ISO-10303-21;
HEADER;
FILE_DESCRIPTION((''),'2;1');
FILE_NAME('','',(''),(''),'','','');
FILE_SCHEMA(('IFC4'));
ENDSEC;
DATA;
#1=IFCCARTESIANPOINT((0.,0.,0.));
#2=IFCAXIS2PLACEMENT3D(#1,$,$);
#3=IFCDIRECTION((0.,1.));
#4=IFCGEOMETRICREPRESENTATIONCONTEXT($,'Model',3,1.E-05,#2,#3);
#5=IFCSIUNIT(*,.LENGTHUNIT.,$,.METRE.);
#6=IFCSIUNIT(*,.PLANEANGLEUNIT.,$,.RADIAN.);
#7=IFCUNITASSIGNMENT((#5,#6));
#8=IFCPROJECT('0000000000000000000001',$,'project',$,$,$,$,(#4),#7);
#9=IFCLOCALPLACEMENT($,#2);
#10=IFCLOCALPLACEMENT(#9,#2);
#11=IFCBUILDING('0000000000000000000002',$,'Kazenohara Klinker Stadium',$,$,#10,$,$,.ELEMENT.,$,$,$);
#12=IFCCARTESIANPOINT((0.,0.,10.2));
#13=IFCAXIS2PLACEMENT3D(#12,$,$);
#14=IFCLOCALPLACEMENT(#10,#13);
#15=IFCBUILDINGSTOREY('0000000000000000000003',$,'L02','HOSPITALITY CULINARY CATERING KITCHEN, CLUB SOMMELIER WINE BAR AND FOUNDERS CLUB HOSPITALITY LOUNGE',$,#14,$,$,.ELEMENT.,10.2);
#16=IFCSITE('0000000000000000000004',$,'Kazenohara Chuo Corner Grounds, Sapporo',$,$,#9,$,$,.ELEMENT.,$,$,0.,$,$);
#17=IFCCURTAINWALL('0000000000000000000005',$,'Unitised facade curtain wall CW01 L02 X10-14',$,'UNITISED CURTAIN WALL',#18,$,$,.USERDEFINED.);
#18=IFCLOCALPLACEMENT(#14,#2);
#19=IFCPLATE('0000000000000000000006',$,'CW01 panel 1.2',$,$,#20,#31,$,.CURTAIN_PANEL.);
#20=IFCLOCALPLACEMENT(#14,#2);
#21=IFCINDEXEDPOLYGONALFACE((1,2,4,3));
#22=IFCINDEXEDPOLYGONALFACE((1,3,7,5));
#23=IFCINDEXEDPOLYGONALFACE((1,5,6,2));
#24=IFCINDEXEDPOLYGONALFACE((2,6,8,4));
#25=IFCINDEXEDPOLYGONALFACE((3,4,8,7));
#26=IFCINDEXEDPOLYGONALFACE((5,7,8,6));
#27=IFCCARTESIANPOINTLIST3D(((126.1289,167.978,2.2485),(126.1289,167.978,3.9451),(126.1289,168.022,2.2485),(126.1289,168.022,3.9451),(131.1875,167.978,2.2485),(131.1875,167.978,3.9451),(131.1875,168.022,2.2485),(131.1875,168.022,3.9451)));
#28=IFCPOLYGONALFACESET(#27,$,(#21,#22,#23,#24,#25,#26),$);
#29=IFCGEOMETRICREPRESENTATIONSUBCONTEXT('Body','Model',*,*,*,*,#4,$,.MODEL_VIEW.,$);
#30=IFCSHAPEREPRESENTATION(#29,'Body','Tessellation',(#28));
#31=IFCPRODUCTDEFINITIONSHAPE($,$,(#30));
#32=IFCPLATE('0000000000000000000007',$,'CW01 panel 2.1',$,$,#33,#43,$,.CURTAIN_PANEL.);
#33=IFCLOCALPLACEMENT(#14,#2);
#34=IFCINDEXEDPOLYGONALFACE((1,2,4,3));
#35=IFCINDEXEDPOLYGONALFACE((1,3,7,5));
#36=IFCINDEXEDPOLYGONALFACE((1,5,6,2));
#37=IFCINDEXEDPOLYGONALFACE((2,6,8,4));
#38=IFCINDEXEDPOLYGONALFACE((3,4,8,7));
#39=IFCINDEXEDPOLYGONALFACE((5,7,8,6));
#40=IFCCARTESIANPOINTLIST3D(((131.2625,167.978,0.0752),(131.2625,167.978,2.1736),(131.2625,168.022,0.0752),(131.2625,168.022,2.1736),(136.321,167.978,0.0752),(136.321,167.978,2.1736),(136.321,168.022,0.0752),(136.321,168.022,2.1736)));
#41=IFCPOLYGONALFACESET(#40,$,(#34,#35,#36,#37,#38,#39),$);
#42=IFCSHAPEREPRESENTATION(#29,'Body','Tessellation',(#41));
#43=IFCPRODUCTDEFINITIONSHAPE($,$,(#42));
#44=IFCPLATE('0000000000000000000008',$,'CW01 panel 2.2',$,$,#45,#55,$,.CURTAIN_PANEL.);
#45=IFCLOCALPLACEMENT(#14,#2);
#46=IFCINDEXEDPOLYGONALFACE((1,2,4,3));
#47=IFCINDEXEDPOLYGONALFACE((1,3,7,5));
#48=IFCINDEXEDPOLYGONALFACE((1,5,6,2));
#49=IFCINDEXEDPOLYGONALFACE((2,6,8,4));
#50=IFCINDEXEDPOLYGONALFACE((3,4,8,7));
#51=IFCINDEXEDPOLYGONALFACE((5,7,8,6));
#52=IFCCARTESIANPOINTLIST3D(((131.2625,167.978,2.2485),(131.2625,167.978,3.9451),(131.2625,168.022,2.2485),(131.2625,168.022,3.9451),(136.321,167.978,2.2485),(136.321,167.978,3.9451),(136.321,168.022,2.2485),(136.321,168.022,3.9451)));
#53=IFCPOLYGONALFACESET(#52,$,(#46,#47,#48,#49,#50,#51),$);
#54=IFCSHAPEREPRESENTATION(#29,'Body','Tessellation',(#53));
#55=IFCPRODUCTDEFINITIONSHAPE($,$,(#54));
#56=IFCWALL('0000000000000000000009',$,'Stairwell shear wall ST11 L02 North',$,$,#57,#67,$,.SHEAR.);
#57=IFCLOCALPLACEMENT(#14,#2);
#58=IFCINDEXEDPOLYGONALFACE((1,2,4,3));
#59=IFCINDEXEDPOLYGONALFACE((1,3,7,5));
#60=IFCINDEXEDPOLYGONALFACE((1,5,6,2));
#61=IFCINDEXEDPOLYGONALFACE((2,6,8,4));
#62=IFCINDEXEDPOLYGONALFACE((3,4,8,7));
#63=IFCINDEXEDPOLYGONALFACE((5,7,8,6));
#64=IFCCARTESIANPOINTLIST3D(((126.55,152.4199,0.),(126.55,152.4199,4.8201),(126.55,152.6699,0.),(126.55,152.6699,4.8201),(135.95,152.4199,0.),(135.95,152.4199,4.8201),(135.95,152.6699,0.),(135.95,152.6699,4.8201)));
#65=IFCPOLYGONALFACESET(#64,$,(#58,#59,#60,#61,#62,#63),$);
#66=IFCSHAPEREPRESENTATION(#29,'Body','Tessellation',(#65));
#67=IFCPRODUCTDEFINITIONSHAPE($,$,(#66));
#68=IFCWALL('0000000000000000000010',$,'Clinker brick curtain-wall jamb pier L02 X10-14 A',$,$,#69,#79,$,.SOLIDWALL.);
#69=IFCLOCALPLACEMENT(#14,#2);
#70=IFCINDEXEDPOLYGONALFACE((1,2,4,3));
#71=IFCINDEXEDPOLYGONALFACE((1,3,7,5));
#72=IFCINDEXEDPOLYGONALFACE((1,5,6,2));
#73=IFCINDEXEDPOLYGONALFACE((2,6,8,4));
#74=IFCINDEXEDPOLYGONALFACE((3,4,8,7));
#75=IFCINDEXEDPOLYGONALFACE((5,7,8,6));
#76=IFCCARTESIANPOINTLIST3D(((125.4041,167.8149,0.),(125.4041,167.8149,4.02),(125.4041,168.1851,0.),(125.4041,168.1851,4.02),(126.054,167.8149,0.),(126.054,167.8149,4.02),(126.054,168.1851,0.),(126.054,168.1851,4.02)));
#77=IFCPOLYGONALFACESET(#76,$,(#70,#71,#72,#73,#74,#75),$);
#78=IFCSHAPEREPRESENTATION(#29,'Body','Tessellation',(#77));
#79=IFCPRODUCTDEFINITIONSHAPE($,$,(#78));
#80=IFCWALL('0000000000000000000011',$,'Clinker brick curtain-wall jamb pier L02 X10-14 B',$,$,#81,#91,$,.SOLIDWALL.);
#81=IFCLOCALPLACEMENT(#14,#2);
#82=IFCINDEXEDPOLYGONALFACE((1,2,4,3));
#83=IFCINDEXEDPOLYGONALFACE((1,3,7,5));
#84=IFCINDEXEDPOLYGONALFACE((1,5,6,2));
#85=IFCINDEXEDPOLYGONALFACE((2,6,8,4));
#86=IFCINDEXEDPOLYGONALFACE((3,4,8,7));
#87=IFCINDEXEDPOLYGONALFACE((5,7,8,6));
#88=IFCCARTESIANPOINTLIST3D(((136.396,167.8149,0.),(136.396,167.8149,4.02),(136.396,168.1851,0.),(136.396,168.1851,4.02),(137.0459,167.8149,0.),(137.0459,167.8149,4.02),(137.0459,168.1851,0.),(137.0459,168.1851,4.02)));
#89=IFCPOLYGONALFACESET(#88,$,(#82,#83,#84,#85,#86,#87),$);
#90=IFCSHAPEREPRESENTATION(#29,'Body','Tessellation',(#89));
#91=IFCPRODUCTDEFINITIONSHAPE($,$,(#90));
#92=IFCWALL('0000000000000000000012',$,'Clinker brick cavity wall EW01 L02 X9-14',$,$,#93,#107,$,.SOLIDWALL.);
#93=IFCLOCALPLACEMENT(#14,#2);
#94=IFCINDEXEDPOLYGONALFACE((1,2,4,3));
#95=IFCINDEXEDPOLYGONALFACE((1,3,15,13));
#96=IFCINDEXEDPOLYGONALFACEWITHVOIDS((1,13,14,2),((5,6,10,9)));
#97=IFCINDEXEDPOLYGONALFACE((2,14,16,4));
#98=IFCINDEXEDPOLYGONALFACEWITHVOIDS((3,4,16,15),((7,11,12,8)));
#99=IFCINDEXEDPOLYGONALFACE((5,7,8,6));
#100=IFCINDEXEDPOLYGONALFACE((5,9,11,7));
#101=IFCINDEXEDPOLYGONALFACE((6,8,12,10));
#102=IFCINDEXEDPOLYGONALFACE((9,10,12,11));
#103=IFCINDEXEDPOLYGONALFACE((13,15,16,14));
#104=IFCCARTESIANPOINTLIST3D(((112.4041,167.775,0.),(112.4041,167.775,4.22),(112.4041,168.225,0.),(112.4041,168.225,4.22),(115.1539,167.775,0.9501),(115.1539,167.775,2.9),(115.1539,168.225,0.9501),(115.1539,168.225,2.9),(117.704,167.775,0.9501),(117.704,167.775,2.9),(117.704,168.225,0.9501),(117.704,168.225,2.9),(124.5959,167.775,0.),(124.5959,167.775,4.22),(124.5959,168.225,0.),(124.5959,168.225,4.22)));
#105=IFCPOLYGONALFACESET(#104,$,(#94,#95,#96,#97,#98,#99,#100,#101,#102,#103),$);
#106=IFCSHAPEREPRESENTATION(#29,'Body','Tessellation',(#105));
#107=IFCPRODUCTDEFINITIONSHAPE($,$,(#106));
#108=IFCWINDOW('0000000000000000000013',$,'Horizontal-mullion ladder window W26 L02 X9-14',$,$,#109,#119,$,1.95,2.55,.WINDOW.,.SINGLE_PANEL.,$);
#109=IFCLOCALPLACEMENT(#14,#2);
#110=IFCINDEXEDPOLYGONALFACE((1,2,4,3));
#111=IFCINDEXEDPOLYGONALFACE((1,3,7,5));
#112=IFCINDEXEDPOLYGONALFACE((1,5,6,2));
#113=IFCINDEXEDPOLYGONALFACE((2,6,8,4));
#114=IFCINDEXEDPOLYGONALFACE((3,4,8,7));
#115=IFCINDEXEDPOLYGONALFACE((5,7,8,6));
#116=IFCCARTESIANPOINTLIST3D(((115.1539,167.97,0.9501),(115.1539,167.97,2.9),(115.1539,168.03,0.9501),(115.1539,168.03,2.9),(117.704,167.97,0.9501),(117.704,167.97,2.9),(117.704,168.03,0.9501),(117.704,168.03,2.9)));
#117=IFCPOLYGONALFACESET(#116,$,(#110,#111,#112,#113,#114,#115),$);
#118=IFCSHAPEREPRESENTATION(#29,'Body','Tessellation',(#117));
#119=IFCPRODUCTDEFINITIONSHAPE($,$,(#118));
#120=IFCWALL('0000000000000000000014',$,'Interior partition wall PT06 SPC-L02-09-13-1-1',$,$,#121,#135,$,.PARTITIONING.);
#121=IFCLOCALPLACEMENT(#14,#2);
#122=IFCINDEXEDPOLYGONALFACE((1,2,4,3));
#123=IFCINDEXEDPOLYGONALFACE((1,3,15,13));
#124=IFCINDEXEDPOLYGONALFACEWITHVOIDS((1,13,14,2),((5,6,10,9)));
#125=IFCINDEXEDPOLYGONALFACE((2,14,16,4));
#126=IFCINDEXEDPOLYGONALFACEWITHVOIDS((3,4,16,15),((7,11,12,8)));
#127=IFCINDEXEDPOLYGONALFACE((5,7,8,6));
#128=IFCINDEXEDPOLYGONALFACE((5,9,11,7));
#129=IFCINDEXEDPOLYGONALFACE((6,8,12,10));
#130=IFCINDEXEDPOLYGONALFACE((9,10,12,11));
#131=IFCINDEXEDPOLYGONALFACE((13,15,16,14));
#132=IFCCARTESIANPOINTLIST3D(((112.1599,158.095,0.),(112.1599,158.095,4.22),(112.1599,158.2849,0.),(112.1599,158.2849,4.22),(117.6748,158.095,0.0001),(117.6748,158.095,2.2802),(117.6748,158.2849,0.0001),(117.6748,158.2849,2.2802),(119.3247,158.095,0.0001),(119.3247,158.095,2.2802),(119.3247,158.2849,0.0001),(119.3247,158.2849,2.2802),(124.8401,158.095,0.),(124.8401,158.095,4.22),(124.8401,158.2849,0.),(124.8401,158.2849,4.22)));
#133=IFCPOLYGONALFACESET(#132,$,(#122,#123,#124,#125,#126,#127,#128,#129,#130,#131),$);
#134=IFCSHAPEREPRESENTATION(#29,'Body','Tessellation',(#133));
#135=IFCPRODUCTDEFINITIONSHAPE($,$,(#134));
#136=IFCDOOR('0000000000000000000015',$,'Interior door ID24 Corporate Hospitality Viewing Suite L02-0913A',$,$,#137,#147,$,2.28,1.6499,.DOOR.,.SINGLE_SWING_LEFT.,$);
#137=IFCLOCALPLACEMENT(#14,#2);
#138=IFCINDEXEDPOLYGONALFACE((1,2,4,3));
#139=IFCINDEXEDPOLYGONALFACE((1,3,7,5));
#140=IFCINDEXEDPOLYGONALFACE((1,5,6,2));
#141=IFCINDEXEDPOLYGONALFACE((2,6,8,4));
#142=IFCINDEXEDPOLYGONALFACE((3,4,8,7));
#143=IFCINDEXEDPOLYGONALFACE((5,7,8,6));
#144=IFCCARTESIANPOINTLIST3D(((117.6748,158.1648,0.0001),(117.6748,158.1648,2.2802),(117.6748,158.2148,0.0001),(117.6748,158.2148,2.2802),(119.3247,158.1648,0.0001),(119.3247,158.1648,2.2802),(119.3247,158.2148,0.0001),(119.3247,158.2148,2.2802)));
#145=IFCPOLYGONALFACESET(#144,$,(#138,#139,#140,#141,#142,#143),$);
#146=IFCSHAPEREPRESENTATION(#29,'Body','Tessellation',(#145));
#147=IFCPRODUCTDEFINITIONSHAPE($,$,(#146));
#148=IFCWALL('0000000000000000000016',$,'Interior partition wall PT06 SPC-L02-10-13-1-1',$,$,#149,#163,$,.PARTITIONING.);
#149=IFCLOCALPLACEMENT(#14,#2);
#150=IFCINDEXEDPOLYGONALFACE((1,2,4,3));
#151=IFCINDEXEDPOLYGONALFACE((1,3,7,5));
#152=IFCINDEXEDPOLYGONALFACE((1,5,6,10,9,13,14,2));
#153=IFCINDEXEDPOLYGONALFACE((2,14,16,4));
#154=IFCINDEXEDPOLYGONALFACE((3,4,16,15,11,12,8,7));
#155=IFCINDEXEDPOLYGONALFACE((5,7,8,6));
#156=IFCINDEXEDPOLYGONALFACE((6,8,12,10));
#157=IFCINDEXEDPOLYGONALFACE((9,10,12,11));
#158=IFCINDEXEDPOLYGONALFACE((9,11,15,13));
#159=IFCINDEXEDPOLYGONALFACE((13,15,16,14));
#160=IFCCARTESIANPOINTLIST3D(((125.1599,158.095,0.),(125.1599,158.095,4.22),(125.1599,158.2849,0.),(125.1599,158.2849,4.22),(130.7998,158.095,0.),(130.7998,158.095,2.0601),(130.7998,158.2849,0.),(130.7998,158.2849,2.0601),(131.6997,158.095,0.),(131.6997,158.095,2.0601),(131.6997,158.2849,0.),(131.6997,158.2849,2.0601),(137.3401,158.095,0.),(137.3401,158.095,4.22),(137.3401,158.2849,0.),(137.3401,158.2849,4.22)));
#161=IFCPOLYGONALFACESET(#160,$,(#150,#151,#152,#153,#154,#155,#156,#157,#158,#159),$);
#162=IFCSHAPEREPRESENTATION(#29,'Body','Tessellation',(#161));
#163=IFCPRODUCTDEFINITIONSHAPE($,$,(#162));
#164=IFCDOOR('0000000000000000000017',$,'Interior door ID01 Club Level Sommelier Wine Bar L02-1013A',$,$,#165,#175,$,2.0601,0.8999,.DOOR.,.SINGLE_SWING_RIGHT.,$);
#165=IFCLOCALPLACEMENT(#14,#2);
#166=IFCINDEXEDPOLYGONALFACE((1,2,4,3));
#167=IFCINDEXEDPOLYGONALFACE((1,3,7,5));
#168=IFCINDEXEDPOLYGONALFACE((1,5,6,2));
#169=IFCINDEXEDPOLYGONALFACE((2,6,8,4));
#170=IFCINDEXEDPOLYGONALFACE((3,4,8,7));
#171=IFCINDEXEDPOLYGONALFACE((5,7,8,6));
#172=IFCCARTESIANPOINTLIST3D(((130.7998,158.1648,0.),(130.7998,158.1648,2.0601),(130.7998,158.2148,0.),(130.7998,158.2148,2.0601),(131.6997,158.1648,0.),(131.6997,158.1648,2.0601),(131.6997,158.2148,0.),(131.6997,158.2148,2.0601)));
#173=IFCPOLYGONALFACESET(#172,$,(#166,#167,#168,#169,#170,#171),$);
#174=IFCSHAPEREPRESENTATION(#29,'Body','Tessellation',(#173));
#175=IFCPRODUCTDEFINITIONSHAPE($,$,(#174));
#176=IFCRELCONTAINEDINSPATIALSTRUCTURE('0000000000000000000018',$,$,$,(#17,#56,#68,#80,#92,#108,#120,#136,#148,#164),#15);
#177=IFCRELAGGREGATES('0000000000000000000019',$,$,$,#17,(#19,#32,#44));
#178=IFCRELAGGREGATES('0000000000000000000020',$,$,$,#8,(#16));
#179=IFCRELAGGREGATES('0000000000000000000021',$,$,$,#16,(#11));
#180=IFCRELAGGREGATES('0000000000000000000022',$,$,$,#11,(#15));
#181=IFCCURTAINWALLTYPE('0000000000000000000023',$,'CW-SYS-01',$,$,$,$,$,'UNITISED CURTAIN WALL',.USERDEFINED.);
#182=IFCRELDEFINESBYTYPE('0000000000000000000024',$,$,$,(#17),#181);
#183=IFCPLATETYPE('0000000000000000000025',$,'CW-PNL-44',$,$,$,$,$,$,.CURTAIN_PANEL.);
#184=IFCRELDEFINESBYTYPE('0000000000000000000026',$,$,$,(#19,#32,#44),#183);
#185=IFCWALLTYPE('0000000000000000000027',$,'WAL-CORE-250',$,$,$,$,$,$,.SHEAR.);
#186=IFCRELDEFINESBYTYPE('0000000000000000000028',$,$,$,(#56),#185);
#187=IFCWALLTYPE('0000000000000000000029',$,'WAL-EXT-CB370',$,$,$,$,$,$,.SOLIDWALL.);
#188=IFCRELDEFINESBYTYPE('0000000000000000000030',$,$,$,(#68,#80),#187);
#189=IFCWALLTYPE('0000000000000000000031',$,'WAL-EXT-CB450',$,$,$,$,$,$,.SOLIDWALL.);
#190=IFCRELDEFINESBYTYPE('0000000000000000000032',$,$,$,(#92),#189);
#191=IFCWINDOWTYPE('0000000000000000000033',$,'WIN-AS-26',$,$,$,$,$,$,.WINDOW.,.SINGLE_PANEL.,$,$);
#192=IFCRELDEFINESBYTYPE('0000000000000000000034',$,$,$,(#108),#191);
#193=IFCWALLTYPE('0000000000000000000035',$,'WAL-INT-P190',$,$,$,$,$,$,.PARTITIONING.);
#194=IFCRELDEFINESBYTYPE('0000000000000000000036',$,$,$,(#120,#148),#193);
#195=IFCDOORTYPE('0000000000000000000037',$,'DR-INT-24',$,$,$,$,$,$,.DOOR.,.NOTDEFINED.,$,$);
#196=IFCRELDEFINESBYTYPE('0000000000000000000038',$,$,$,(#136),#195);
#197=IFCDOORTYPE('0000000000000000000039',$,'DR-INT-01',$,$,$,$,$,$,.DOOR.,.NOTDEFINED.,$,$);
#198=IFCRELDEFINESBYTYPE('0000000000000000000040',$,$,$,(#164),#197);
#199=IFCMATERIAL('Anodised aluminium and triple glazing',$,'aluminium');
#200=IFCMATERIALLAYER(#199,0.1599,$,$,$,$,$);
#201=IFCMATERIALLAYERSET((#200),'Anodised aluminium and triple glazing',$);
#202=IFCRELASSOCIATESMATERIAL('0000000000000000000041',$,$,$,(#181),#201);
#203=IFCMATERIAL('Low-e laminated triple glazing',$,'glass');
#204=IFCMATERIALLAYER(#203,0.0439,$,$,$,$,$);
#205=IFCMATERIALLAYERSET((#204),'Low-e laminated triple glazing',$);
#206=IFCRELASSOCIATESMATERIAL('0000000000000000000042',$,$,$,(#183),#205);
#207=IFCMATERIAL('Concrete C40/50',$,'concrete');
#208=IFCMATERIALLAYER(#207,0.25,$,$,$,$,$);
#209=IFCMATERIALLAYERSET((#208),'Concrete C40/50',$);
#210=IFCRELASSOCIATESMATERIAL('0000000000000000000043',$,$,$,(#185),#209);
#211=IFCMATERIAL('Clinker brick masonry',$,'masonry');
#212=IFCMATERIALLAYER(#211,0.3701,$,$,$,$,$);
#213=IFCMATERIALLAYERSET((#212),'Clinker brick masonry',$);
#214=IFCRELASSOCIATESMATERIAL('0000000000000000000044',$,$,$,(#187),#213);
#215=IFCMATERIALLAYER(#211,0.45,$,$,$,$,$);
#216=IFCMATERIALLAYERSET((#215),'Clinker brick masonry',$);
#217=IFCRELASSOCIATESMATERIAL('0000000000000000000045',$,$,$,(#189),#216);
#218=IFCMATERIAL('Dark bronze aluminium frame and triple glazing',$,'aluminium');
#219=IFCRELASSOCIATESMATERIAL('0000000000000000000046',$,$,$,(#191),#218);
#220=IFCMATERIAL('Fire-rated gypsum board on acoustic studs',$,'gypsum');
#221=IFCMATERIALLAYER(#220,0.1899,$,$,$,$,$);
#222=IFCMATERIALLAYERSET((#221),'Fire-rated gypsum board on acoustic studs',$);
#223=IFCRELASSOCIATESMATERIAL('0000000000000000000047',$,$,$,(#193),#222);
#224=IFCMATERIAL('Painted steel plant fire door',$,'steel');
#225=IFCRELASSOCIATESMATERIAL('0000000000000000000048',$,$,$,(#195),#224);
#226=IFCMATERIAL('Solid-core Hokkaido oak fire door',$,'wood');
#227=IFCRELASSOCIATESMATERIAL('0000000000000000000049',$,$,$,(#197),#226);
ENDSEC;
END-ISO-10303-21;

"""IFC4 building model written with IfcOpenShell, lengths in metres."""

from ifc_helpers import new_model, si_unit, direction, frame, frame_2d, origin, origin_2d, place, context, subcontext, project, spatial, rectangle, extrude, material, layer, layer_set, type_object, element, fill, aggregate, save


model = new_model("IFC4")

# Units and contexts
model_context = context("Model", 3, precision=1e-05, world=origin(), true_north=direction((0.0, 1.0)))
body_context = subcontext(model_context, "Body", "Model", "MODEL_VIEW")
ifc_project = project(units=[si_unit("LENGTHUNIT", "METRE"), si_unit("PLANEANGLEUNIT", "RADIAN")], contexts=[model_context])

# Site, building, storey
site_placement = place(None, origin())
site = spatial("IfcSite", under=ifc_project, at=site_placement, Name="Kazenohara Chuo Corner Grounds, Sapporo", CompositionType="ELEMENT", RefElevation=0.0)
building_placement = place(site_placement, origin())
building = spatial("IfcBuilding", under=site, at=building_placement, Name="Kazenohara Klinker Stadium", CompositionType="ELEMENT")
storey_placement = place(building_placement, frame((0.0, 0.0, 10.2)))
storey = spatial("IfcBuildingStorey", under=building, at=storey_placement, Name="L02", Description="HOSPITALITY CULINARY CATERING KITCHEN, CLUB SOMMELIER WINE BAR AND FOUNDERS CLUB HOSPITALITY LOUNGE", CompositionType="ELEMENT", Elevation=10.2)

# Shared definitions
ifc_material_1 = material(Name="Concrete C40/50", Category="concrete")

# Curtain wall, plates
ifc_material_2 = material(Name="Anodised aluminium and triple glazing", Category="aluminium")
ifc_layer_1 = layer(ifc_material_2, 0.1599)
ifc_layer_set_1 = layer_set([ifc_layer_1], Name="Anodised aluminium and triple glazing")
curtain_wall_type = type_object("IfcCurtainWallType", Name="CW-SYS-01", ElementType="UNITISED CURTAIN WALL", PredefinedType="USERDEFINED", material=ifc_layer_set_1)
curtain_wall_placement = place(storey_placement, origin())
curtain_wall = element("IfcCurtainWall", 1, at=curtain_wall_placement, inside=storey, type_object=curtain_wall_type, Name="Unitised facade curtain wall CW01 L02 X10-14", ObjectType="UNITISED CURTAIN WALL", PredefinedType="USERDEFINED")
ifc_material_3 = material(Name="Low-e laminated triple glazing", Category="glass")
ifc_layer_2 = layer(ifc_material_3, 0.0439)
ifc_layer_set_2 = layer_set([ifc_layer_2], Name="Low-e laminated triple glazing")
plate_type = type_object("IfcPlateType", Name="CW-PNL-44", PredefinedType="CURTAIN_PANEL", material=ifc_layer_set_2)
plate_1_placement = place(storey_placement, frame((128.6582, 168.0, 2.2485), z_axis=(0.0, 0.0, 1.0), x_axis=(1.0, 0.0, 0.0)))
plate_1 = element("IfcPlate", 2, at=plate_1_placement, type_object=plate_type, Name="CW01 panel 1.2", PredefinedType="CURTAIN_PANEL", context=body_context, shape_type="SweptSolid", body=[
    extrude(rectangle(XDim=5.0586, YDim=0.0439, at=origin_2d()), origin(), (0.0, 0.0, 1.0), 1.6965),
])
plate_2_placement = place(storey_placement, frame((133.7917, 168.0, 0.0752), z_axis=(0.0, 0.0, 1.0), x_axis=(1.0, 0.0, 0.0)))
plate_2 = element("IfcPlate", 3, at=plate_2_placement, type_object=plate_type, Name="CW01 panel 2.1", PredefinedType="CURTAIN_PANEL", context=body_context, shape_type="SweptSolid", body=[
    extrude(rectangle(XDim=5.0586, YDim=0.0439, at=origin_2d()), origin(), (0.0, 0.0, 1.0), 2.0984),
])
plate_3_placement = place(storey_placement, frame((133.7917, 168.0, 2.2485), z_axis=(0.0, 0.0, 1.0), x_axis=(1.0, 0.0, 0.0)))
plate_3 = element("IfcPlate", 4, at=plate_3_placement, type_object=plate_type, Name="CW01 panel 2.2", PredefinedType="CURTAIN_PANEL", context=body_context, shape_type="SweptSolid", body=[
    extrude(rectangle(XDim=5.0586, YDim=0.0439, at=origin_2d()), origin(), (0.0, 0.0, 1.0), 1.6965),
])
aggregate(curtain_wall, [plate_1, plate_2, plate_3])

# Walls
ifc_layer_3 = layer(ifc_material_1, 0.25)
ifc_layer_set_3 = layer_set([ifc_layer_3], Name="Concrete C40/50")
wall_type_1 = type_object("IfcWallType", Name="WAL-CORE-250", PredefinedType="SHEAR", material=ifc_layer_set_3)
wall_1_placement = place(storey_placement, frame((126.55, 152.5449, 0.0), z_axis=(0.0, 0.0, 1.0), x_axis=(1.0, 0.0, 0.0)))
element("IfcWall", 5, at=wall_1_placement, inside=storey, type_object=wall_type_1, Name="Stairwell shear wall ST11 L02 North", PredefinedType="SHEAR", context=body_context, shape_type="SweptSolid", body=[
    extrude(rectangle(XDim=9.3999, YDim=0.25, at=frame_2d((4.7, 0.0))), origin(), (0.0, 0.0, 1.0), 4.8201),
])
ifc_material_4 = material(Name="Clinker brick masonry", Category="masonry")
ifc_layer_4 = layer(ifc_material_4, 0.3701)
ifc_layer_set_4 = layer_set([ifc_layer_4], Name="Clinker brick masonry")
wall_type_2 = type_object("IfcWallType", Name="WAL-EXT-CB370", PredefinedType="SOLIDWALL", material=ifc_layer_set_4)
for number, where, z_axis, x_axis, name in (
    (6, (125.4041, 168.0, 0.0), (0.0, 0.0, 1.0), (1.0, 0.0, 0.0), "Clinker brick curtain-wall jamb pier L02 X10-14 A"),
    (7, (136.396, 168.0, 0.0), (0.0, 0.0, 1.0), (1.0, 0.0, 0.0), "Clinker brick curtain-wall jamb pier L02 X10-14 B"),
):
    element("IfcWall", number, at=place(storey_placement, frame(where, z_axis=z_axis, x_axis=x_axis)), inside=storey, type_object=wall_type_2, Name=name, PredefinedType="SOLIDWALL", context=body_context, shape_type="SweptSolid", body=[
        extrude(rectangle(XDim=0.6499, YDim=0.3701, at=frame_2d((0.325, 0.0))), origin(), (0.0, 0.0, 1.0), 4.02),
    ])

# Wall, opening, window
ifc_layer_5 = layer(ifc_material_4, 0.45)
ifc_layer_set_5 = layer_set([ifc_layer_5], Name="Clinker brick masonry")
wall_type_3 = type_object("IfcWallType", Name="WAL-EXT-CB450", PredefinedType="SOLIDWALL", material=ifc_layer_set_5)
wall_2_placement = place(storey_placement, frame((112.4041, 168.0, 0.0), z_axis=(0.0, 0.0, 1.0), x_axis=(1.0, 0.0, 0.0)))
wall_2 = element("IfcWall", 8, at=wall_2_placement, inside=storey, type_object=wall_type_3, Name="Clinker brick cavity wall EW01 L02 X9-14", PredefinedType="SOLIDWALL", context=body_context, shape_type="SweptSolid", body=[
    extrude(rectangle(XDim=12.1919, YDim=0.45, at=frame_2d((6.0959, 0.0))), origin(), (0.0, 0.0, 1.0), 4.22),
])
opening_1_placement = place(wall_2_placement, frame((2.75, 0.0, 0.95)))
opening_1 = element("IfcOpeningElement", 9, at=opening_1_placement, cuts=wall_2, PredefinedType="OPENING", context=body_context, shape_type="SweptSolid", body=[
    extrude(rectangle(XDim=2.55, YDim=1.95, at=frame_2d((1.2749, 0.9751))), frame((0.0, 0.2349, 0.0), z_axis=(0.0, -1.0, 0.0), x_axis=(1.0, 0.0, 0.0)), (0.0, 0.0, 1.0), 0.47),
])
ifc_material_5 = material(Name="Dark bronze aluminium frame and triple glazing", Category="aluminium")
window_type = type_object("IfcWindowType", Name="WIN-AS-26", PartitioningType="SINGLE_PANEL", PredefinedType="WINDOW", material=ifc_material_5)
window_placement = place(opening_1_placement, origin())
window = element("IfcWindow", 10, at=window_placement, inside=storey, type_object=window_type, Name="Horizontal-mullion ladder window W26 L02 X9-14", OverallHeight=1.95, OverallWidth=2.55, PartitioningType="SINGLE_PANEL", PredefinedType="WINDOW", context=body_context, shape_type="SweptSolid", body=[
    extrude(rectangle(XDim=2.55, YDim=1.95, at=frame_2d((1.2749, 0.9751))), frame((0.0, 0.03, 0.0), z_axis=(0.0, -1.0, 0.0), x_axis=(1.0, 0.0, 0.0)), (0.0, 0.0, 1.0), 0.0601),
])
fill(opening_1, window)

# Walls, openings, doors
ifc_material_6 = material(Name="Fire-rated gypsum board on acoustic studs", Category="gypsum")
ifc_layer_6 = layer(ifc_material_6, 0.1899)
ifc_layer_set_6 = layer_set([ifc_layer_6], Name="Fire-rated gypsum board on acoustic studs")
wall_type_4 = type_object("IfcWallType", Name="WAL-INT-P190", PredefinedType="PARTITIONING", material=ifc_layer_set_6)
wall_3_placement = place(storey_placement, frame((112.1599, 158.1899, 0.0), z_axis=(0.0, 0.0, 1.0), x_axis=(1.0, 0.0, 0.0)))
wall_3 = element("IfcWall", 11, at=wall_3_placement, inside=storey, type_object=wall_type_4, Name="Interior partition wall PT06 SPC-L02-09-13-1-1", PredefinedType="PARTITIONING", context=body_context, shape_type="SweptSolid", body=[
    extrude(rectangle(XDim=12.6802, YDim=0.1899, at=frame_2d((6.3401, 0.0))), origin(), (0.0, 0.0, 1.0), 4.22),
])
opening_2_placement = place(wall_3_placement, frame((5.5149, 0.0, 0.0)))
opening_2 = element("IfcOpeningElement", 12, at=opening_2_placement, cuts=wall_3, PredefinedType="OPENING", context=body_context, shape_type="SweptSolid", body=[
    extrude(rectangle(XDim=1.6499, YDim=2.28, at=frame_2d((0.825, 1.1401))), frame((0.0, 0.105, 0.0), z_axis=(0.0, -1.0, 0.0), x_axis=(1.0, 0.0, 0.0)), (0.0, 0.0, 1.0), 0.21),
])
ifc_material_7 = material(Name="Painted steel plant fire door", Category="steel")
door_type_1 = type_object("IfcDoorType", Name="DR-INT-24", OperationType="NOTDEFINED", PredefinedType="DOOR", material=ifc_material_7)
door_1_placement = place(opening_2_placement, origin())
door_1 = element("IfcDoor", 13, at=door_1_placement, inside=storey, type_object=door_type_1, Name="Interior door ID24 Corporate Hospitality Viewing Suite L02-0913A", OperationType="SINGLE_SWING_LEFT", OverallHeight=2.28, OverallWidth=1.6499, PredefinedType="DOOR", context=body_context, shape_type="SweptSolid", body=[
    extrude(rectangle(XDim=1.6499, YDim=2.28, at=frame_2d((0.825, 1.1401))), frame((0.0, 0.0249, 0.0), z_axis=(0.0, -1.0, 0.0), x_axis=(1.0, 0.0, 0.0)), (0.0, 0.0, 1.0), 0.05),
])
fill(opening_2, door_1)
wall_4_placement = place(storey_placement, frame((125.1599, 158.1899, 0.0), z_axis=(0.0, 0.0, 1.0), x_axis=(1.0, 0.0, 0.0)))
wall_4 = element("IfcWall", 14, at=wall_4_placement, inside=storey, type_object=wall_type_4, Name="Interior partition wall PT06 SPC-L02-10-13-1-1", PredefinedType="PARTITIONING", context=body_context, shape_type="SweptSolid", body=[
    extrude(rectangle(XDim=12.1802, YDim=0.1899, at=frame_2d((6.0901, 0.0))), origin(), (0.0, 0.0, 1.0), 4.22),
])
opening_3_placement = place(wall_4_placement, frame((5.6399, 0.0, 0.0)))
opening_3 = element("IfcOpeningElement", 15, at=opening_3_placement, cuts=wall_4, PredefinedType="OPENING", context=body_context, shape_type="SweptSolid", body=[
    extrude(rectangle(XDim=0.8999, YDim=2.0601, at=frame_2d((0.45, 1.03))), frame((0.0, 0.105, 0.0), z_axis=(0.0, -1.0, 0.0), x_axis=(1.0, 0.0, 0.0)), (0.0, 0.0, 1.0), 0.21),
])
ifc_material_8 = material(Name="Solid-core Hokkaido oak fire door", Category="wood")
door_type_2 = type_object("IfcDoorType", Name="DR-INT-01", OperationType="NOTDEFINED", PredefinedType="DOOR", material=ifc_material_8)
door_2_placement = place(opening_3_placement, origin())
door_2 = element("IfcDoor", 16, at=door_2_placement, inside=storey, type_object=door_type_2, Name="Interior door ID01 Club Level Sommelier Wine Bar L02-1013A", OperationType="SINGLE_SWING_RIGHT", OverallHeight=2.0601, OverallWidth=0.8999, PredefinedType="DOOR", context=body_context, shape_type="SweptSolid", body=[
    extrude(rectangle(XDim=0.8999, YDim=2.0601, at=frame_2d((0.45, 1.03))), frame((0.0, 0.0249, 0.0), z_axis=(0.0, -1.0, 0.0), x_axis=(1.0, 0.0, 0.0)), (0.0, 0.0, 1.0), 0.05),
])
fill(opening_3, door_2)

save(model, "model.ifc")
